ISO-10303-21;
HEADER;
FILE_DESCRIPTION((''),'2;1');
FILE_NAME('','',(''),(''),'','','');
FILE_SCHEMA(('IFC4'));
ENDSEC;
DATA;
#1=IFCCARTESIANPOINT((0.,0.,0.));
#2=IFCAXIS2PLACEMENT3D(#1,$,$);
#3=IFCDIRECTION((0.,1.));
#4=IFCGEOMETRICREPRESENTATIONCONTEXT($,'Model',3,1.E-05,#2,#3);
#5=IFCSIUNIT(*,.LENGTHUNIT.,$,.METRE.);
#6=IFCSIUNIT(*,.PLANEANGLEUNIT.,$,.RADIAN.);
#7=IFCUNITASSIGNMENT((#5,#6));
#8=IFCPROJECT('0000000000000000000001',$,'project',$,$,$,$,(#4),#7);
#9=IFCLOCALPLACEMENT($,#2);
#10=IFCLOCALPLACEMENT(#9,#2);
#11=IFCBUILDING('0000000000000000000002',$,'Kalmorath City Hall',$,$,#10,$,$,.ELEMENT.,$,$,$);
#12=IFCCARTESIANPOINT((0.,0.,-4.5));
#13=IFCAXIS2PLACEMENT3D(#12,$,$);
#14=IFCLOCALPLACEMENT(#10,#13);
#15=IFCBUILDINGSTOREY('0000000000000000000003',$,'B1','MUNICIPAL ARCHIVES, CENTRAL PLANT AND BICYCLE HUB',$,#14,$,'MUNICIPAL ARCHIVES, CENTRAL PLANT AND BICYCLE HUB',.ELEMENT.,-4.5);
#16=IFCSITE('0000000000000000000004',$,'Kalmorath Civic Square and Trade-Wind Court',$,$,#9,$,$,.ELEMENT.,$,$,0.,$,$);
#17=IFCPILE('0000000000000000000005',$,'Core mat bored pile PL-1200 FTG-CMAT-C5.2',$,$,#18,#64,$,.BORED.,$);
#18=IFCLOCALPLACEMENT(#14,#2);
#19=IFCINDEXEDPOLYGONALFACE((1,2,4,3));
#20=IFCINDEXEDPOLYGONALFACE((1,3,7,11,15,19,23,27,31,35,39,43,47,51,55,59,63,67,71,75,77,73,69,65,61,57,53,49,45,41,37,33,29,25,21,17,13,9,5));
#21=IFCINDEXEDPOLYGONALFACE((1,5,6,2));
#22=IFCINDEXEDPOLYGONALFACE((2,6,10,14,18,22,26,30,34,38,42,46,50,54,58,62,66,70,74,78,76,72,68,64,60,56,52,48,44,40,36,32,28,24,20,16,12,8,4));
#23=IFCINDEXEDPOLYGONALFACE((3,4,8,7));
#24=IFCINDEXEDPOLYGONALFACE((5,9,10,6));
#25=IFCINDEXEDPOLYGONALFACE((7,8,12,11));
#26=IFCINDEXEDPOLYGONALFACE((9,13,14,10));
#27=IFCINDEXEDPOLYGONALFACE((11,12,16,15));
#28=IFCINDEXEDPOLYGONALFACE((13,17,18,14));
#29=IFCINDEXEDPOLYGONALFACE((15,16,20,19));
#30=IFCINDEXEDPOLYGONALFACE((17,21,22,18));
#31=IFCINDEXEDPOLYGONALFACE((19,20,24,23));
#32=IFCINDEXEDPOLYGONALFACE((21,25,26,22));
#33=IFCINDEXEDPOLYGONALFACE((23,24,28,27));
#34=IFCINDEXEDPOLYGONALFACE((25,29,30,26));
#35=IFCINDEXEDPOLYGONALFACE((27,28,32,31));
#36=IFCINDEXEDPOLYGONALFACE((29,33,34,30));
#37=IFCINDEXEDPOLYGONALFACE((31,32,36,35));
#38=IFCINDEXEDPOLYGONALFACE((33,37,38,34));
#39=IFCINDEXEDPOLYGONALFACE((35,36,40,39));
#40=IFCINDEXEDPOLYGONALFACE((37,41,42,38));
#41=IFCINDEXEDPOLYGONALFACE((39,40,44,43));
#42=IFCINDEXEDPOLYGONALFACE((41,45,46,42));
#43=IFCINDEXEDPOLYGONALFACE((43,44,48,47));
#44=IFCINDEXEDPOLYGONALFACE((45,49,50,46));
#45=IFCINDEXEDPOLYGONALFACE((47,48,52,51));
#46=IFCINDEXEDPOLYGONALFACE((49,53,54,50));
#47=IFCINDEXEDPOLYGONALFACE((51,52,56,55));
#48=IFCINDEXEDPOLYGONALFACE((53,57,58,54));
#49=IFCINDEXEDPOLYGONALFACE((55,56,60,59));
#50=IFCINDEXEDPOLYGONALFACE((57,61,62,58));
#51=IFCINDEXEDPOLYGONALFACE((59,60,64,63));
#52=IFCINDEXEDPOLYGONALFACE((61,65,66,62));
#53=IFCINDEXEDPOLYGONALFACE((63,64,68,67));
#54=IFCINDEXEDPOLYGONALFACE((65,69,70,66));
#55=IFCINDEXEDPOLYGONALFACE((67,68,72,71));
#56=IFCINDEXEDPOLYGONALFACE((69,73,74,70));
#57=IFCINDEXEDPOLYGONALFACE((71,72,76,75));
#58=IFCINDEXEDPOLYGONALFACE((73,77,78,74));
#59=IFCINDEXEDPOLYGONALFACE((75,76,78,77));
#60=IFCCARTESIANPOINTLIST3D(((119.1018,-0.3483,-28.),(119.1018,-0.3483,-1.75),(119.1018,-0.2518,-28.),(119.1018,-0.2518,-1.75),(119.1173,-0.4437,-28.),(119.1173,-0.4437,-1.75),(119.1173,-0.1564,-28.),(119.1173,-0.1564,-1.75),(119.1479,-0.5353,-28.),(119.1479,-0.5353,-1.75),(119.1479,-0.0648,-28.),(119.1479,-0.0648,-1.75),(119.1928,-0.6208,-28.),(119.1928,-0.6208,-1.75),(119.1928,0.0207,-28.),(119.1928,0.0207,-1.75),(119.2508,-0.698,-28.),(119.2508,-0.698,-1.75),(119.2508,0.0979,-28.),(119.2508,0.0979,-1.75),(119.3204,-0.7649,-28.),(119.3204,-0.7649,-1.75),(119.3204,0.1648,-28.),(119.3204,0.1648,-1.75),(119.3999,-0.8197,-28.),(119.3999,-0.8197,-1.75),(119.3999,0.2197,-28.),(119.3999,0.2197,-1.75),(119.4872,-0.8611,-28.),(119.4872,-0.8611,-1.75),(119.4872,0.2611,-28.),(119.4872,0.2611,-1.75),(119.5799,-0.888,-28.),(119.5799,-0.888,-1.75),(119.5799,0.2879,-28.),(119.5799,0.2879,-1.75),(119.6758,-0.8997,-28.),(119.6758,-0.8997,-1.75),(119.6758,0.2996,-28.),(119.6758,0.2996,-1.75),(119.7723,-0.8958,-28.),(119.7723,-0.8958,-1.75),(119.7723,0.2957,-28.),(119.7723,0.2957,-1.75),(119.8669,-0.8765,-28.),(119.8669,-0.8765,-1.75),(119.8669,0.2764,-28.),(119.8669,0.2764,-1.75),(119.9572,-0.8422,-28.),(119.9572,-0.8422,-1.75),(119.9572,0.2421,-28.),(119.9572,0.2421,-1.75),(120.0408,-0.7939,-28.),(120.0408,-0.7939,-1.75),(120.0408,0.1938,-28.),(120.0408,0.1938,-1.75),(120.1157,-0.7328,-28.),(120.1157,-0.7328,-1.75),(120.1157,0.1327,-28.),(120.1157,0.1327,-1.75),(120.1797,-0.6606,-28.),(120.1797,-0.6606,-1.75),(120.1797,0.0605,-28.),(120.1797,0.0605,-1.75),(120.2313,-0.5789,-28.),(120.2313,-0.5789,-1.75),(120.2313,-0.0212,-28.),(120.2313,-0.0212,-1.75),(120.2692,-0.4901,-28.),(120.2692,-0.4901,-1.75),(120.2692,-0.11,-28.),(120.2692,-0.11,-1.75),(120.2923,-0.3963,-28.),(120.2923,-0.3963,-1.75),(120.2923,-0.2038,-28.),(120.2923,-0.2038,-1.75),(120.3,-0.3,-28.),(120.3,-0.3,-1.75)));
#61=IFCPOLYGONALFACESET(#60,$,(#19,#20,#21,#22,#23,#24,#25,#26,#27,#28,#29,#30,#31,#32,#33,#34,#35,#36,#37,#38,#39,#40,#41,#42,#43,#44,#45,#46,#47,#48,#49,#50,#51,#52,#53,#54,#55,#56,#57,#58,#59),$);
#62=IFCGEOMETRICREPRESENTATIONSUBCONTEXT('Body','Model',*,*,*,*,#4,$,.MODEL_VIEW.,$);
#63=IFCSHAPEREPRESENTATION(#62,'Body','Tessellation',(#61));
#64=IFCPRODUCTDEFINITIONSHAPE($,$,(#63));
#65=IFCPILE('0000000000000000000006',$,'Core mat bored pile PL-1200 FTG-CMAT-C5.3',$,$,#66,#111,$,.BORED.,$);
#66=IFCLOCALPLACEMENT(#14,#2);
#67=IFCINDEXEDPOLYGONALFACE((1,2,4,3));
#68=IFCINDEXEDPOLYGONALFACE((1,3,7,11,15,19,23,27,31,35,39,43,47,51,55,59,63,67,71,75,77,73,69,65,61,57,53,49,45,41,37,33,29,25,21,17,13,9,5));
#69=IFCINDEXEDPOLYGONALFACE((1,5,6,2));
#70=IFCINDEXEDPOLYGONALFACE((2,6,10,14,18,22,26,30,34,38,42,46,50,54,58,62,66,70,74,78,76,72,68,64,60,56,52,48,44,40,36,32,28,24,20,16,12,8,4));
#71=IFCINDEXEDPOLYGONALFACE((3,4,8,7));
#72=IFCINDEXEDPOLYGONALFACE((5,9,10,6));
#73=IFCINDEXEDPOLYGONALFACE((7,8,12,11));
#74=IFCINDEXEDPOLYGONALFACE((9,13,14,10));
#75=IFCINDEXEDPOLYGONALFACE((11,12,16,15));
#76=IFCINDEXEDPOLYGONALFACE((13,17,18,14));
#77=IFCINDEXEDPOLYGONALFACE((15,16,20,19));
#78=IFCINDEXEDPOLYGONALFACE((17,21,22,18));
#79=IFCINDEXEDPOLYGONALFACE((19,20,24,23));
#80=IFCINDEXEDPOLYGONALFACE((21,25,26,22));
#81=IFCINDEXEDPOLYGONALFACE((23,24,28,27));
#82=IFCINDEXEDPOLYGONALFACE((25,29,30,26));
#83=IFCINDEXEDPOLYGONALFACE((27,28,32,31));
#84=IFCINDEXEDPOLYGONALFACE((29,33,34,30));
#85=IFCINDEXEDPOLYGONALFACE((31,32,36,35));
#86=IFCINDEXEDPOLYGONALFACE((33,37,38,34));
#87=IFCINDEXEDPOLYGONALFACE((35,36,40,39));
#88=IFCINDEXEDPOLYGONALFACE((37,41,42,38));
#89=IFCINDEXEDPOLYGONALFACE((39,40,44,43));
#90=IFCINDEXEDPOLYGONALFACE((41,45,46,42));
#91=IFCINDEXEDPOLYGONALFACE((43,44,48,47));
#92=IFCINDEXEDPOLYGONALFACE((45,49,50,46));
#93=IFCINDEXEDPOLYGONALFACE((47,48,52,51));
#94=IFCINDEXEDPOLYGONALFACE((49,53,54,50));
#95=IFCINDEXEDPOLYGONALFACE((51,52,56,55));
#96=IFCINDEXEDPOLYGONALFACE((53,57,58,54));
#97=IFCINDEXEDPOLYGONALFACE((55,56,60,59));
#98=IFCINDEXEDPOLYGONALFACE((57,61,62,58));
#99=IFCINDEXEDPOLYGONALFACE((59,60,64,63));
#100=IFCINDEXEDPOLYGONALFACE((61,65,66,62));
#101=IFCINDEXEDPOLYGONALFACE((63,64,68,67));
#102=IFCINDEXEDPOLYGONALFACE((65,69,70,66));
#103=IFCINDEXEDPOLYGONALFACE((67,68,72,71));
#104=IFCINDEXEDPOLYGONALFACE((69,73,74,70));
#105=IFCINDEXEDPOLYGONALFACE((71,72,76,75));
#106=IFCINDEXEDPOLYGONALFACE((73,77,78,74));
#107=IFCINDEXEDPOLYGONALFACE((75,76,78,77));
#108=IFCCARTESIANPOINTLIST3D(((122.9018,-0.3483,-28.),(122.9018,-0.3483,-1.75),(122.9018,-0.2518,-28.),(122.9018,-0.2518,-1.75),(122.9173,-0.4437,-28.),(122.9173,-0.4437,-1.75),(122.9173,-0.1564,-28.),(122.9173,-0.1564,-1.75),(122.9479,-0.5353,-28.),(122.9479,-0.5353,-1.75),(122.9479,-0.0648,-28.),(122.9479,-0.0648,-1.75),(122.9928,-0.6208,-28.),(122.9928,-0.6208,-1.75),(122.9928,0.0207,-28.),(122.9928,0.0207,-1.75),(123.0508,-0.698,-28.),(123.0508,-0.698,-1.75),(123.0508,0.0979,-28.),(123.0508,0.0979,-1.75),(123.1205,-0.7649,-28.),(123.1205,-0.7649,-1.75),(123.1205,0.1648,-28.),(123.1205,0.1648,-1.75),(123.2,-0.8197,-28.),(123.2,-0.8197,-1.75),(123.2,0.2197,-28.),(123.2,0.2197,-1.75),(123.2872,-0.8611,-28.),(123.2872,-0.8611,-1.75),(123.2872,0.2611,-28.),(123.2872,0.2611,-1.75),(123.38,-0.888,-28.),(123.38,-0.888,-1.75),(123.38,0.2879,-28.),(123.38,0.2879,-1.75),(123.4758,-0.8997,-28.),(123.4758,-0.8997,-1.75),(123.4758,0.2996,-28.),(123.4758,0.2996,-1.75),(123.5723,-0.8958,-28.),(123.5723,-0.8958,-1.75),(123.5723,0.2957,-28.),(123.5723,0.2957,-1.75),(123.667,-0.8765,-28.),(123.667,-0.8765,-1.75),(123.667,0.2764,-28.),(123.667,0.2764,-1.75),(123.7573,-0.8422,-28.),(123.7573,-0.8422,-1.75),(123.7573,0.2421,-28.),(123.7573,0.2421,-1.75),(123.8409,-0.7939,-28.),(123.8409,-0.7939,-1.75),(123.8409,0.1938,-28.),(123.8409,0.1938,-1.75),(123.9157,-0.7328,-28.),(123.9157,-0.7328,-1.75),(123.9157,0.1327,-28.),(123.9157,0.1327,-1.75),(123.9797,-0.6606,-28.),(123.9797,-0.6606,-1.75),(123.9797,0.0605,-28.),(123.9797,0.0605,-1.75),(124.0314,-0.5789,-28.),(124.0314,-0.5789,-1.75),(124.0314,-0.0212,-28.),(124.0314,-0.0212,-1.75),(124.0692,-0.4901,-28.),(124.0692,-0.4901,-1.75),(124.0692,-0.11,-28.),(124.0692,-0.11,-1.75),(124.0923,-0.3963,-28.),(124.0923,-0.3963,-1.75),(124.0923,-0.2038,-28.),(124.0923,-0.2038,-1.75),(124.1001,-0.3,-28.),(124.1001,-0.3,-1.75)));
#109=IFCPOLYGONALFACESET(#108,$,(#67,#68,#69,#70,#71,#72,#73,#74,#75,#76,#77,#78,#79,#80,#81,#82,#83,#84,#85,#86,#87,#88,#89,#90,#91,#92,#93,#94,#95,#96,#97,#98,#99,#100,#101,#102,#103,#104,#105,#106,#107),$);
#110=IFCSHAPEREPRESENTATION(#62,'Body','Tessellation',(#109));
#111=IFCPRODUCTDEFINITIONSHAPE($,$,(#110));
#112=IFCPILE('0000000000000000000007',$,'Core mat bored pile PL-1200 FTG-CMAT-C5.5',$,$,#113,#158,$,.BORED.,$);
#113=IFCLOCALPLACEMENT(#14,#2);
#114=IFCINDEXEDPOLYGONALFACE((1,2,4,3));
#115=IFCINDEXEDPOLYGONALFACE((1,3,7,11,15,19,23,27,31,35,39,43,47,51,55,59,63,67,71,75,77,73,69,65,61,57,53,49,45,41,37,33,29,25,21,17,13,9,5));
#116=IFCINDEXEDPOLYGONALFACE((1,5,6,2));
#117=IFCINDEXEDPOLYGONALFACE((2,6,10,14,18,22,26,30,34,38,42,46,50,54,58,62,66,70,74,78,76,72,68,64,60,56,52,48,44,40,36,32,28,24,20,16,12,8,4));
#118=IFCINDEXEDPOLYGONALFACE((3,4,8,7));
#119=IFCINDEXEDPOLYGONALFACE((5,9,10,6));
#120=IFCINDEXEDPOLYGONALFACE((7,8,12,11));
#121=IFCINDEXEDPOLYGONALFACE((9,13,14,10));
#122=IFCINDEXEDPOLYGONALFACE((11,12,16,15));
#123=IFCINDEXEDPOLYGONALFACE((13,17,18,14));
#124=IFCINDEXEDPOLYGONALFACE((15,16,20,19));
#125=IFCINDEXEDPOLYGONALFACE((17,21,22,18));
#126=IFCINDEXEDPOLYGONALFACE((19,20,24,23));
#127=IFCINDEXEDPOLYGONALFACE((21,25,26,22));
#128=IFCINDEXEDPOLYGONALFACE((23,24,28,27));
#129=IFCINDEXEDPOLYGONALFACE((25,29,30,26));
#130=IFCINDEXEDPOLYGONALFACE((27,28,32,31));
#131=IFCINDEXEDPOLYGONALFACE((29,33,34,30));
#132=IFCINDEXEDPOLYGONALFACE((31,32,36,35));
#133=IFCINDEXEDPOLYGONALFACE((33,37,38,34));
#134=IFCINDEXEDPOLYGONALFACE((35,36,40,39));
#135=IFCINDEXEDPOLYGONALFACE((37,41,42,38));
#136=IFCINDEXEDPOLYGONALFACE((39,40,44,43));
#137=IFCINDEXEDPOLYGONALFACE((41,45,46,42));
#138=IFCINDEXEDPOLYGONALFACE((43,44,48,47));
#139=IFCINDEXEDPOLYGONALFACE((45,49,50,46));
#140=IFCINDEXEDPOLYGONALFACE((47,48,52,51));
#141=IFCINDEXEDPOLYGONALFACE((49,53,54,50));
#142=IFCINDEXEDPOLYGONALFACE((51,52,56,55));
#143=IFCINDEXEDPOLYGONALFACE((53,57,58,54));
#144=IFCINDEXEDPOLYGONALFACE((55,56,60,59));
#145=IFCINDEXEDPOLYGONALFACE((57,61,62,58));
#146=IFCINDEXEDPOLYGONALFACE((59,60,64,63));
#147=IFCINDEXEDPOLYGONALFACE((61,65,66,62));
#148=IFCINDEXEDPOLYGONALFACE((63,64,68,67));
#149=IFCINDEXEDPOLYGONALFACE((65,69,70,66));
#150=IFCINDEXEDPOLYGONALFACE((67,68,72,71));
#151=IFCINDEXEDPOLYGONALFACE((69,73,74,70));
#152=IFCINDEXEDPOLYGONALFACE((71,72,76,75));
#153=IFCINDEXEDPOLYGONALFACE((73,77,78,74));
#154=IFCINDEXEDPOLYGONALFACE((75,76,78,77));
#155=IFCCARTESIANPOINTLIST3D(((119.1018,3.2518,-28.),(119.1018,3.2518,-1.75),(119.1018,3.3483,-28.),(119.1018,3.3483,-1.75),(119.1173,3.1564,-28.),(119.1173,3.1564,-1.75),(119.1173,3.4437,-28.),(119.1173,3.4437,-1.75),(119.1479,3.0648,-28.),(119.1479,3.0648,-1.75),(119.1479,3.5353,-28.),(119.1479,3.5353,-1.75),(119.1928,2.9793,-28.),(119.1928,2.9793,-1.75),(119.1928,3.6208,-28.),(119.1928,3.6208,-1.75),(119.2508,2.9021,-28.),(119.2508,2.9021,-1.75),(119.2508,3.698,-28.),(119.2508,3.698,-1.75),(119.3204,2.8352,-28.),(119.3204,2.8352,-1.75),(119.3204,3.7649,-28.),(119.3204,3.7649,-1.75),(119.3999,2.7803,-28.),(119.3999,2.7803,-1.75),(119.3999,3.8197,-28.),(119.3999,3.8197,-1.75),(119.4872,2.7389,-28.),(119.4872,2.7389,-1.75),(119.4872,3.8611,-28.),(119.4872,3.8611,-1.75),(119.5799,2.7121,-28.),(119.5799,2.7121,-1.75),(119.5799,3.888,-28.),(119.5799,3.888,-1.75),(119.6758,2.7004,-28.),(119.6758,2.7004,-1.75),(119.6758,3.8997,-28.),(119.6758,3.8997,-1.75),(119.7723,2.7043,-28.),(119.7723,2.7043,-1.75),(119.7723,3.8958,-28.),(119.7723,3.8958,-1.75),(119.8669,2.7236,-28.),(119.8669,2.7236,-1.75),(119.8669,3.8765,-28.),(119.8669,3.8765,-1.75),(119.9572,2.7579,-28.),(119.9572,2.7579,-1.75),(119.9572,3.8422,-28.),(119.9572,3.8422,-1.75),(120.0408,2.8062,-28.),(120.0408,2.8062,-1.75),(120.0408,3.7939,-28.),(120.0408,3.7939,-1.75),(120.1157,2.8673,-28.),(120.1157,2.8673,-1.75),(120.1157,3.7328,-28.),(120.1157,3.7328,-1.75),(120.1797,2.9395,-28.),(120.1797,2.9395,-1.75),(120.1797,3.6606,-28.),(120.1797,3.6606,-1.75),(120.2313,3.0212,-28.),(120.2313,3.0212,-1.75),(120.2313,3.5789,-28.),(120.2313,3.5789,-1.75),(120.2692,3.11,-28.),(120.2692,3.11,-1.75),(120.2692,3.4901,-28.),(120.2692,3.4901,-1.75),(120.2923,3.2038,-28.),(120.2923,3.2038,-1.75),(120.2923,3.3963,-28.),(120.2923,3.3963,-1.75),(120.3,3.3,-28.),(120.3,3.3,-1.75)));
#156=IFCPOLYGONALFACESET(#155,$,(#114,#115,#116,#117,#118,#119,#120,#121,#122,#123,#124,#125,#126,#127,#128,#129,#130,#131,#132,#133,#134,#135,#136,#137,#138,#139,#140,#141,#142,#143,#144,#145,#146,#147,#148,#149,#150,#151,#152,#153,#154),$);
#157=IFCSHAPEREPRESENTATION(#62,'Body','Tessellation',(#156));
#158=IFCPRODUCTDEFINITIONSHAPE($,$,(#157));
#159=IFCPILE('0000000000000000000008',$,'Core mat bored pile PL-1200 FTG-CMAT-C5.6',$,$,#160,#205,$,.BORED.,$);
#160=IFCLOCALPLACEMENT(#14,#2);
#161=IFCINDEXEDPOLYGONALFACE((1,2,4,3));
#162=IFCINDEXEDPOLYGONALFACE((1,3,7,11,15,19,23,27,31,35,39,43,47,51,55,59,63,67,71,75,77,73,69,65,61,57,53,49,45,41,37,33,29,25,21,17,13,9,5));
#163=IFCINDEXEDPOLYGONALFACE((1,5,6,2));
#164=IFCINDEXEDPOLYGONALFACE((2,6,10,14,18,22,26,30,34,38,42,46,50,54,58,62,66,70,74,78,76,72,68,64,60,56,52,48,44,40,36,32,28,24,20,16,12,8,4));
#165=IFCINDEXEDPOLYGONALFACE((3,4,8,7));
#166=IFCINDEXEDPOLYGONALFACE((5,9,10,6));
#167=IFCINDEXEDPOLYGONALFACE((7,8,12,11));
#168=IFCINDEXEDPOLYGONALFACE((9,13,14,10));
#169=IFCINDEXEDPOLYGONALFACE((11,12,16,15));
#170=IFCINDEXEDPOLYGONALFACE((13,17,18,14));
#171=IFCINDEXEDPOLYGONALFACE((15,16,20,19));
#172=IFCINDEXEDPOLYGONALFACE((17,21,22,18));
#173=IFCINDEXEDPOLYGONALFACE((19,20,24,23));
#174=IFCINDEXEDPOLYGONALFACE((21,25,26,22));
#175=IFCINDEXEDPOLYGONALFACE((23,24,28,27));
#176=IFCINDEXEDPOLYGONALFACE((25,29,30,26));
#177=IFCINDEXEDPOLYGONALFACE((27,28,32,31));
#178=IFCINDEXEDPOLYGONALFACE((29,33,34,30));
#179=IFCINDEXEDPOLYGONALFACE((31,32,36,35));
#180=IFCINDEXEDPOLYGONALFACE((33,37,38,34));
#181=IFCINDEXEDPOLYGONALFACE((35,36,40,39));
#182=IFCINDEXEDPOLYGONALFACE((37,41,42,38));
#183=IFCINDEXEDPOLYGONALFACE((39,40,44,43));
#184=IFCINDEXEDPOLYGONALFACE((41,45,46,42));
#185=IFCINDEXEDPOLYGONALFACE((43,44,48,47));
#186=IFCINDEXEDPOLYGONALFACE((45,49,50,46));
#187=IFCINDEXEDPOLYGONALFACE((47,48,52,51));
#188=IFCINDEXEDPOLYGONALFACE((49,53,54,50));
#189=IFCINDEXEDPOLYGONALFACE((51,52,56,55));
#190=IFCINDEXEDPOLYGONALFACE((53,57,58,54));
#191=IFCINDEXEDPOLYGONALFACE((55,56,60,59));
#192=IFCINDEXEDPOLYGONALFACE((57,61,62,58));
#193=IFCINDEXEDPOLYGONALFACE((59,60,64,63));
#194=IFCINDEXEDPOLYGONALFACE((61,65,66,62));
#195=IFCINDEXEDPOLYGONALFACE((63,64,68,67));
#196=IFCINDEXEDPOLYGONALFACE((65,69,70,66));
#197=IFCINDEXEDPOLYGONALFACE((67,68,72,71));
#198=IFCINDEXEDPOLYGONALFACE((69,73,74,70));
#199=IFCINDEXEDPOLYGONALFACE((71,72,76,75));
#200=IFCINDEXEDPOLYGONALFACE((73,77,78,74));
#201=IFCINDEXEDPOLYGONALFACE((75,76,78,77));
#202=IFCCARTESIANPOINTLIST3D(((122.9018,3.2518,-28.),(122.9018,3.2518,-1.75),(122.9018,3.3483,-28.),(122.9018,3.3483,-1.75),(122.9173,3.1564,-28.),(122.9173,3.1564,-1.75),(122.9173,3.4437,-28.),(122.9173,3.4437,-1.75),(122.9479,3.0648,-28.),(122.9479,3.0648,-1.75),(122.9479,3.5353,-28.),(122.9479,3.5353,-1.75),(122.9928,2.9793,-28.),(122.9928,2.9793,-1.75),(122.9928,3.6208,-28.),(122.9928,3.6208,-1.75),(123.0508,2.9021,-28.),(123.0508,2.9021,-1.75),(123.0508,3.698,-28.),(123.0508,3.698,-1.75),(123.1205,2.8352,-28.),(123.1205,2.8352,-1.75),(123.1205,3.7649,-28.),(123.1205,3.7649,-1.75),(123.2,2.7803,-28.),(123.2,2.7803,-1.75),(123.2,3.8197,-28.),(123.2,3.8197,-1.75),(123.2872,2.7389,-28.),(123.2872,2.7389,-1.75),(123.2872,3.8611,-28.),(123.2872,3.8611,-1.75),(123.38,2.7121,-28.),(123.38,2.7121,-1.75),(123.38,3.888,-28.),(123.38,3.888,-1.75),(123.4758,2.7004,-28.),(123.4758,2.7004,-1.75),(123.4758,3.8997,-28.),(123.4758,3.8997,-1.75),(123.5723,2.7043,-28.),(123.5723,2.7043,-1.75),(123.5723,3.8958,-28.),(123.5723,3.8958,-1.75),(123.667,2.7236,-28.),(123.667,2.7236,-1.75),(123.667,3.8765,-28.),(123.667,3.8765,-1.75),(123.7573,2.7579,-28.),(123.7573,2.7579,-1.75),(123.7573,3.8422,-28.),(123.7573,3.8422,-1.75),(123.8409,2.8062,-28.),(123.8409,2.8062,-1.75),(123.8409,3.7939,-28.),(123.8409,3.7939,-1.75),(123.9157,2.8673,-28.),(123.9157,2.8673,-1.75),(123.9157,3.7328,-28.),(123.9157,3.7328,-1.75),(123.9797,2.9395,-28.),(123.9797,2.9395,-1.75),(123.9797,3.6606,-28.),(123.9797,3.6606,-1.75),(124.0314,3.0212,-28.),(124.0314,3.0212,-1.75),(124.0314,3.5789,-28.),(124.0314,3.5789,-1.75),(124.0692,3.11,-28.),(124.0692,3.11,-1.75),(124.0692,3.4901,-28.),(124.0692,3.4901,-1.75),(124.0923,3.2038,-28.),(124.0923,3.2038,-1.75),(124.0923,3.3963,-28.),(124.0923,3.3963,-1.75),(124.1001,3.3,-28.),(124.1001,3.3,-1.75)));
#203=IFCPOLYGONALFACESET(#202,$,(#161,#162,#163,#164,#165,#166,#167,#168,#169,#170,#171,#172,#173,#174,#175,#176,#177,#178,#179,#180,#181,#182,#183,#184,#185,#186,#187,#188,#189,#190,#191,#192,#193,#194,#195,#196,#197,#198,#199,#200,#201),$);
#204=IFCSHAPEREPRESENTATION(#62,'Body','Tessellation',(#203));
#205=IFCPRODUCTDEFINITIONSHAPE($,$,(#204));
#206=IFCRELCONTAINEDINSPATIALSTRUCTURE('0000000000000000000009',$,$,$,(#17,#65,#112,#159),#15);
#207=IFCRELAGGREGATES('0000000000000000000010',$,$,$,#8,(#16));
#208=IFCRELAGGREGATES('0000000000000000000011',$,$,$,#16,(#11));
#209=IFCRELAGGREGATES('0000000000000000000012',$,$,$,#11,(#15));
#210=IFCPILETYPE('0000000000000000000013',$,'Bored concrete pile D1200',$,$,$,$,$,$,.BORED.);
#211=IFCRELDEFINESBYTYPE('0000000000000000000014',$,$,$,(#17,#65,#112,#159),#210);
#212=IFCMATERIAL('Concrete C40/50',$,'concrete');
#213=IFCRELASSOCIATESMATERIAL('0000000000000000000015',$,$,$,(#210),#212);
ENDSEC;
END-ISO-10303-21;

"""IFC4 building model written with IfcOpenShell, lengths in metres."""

from ifc_helpers import new_model, si_unit, direction, frame, origin, origin_2d, place, context, subcontext, project, spatial, circle, extrude, material, material_profile, profile_set, type_object, element, save


model = new_model("IFC4")

# Units and contexts
model_context = context("Model", 3, precision=1e-05, world=origin(), true_north=direction((0.0, 1.0)))
body_context = subcontext(model_context, "Body", "Model", "MODEL_VIEW")
ifc_project = project(units=[si_unit("LENGTHUNIT", "METRE"), si_unit("PLANEANGLEUNIT", "RADIAN")], contexts=[model_context])

# Site, building, storey
site_placement = place(None, origin())
site = spatial("IfcSite", under=ifc_project, at=site_placement, Name="Kalmorath Civic Square and Trade-Wind Court", CompositionType="ELEMENT", RefElevation=0.0)
building_placement = place(site_placement, origin())
building = spatial("IfcBuilding", under=site, at=building_placement, Name="Kalmorath City Hall", CompositionType="ELEMENT")
storey_placement = place(building_placement, frame((0.0, 0.0, -4.5)))
storey = spatial("IfcBuildingStorey", under=building, at=storey_placement, Name="B1", Description="MUNICIPAL ARCHIVES, CENTRAL PLANT AND BICYCLE HUB", LongName="MUNICIPAL ARCHIVES, CENTRAL PLANT AND BICYCLE HUB", CompositionType="ELEMENT", Elevation=-4.5)

# Piles
ifc_material_1 = material(Name="Concrete C40/50", Category="concrete")
ifc_material_profile_1 = material_profile(ifc_material_1, circle(Radius=0.6001, at=origin_2d()), Name="PILE-D1200")
ifc_profile_set_1 = profile_set([ifc_material_profile_1], Name="Concrete C40/50")
pile_type_1 = type_object("IfcPileType", Name="Bored concrete pile D1200", PredefinedType="BORED", material=ifc_profile_set_1)
for number, where, z_axis, x_axis, name in (
    (1, (119.7, -0.3, -1.75), (0.0, 0.0, -1.0), (1.0, 0.0, 0.0), "Core mat bored pile PL-1200 FTG-CMAT-C5.2"),
    (2, (123.5, -0.3, -1.75), (0.0, 0.0, -1.0), (1.0, 0.0, 0.0), "Core mat bored pile PL-1200 FTG-CMAT-C5.3"),
    (3, (119.7, 3.3, -1.75), (0.0, 0.0, -1.0), (1.0, 0.0, 0.0), "Core mat bored pile PL-1200 FTG-CMAT-C5.5"),
    (4, (123.5, 3.3, -1.75), (0.0, 0.0, -1.0), (1.0, 0.0, 0.0), "Core mat bored pile PL-1200 FTG-CMAT-C5.6"),
):
    element("IfcPile", number, at=place(storey_placement, frame(where, z_axis=z_axis, x_axis=x_axis)), inside=storey, type_object=pile_type_1, Name=name, PredefinedType="BORED", context=body_context, shape_type="SweptSolid", body=[
        extrude(circle(Radius=0.6001, at=origin_2d()), origin(), (0.0, 0.0, 1.0), 26.25),
    ])

save(model, "model.ifc")
